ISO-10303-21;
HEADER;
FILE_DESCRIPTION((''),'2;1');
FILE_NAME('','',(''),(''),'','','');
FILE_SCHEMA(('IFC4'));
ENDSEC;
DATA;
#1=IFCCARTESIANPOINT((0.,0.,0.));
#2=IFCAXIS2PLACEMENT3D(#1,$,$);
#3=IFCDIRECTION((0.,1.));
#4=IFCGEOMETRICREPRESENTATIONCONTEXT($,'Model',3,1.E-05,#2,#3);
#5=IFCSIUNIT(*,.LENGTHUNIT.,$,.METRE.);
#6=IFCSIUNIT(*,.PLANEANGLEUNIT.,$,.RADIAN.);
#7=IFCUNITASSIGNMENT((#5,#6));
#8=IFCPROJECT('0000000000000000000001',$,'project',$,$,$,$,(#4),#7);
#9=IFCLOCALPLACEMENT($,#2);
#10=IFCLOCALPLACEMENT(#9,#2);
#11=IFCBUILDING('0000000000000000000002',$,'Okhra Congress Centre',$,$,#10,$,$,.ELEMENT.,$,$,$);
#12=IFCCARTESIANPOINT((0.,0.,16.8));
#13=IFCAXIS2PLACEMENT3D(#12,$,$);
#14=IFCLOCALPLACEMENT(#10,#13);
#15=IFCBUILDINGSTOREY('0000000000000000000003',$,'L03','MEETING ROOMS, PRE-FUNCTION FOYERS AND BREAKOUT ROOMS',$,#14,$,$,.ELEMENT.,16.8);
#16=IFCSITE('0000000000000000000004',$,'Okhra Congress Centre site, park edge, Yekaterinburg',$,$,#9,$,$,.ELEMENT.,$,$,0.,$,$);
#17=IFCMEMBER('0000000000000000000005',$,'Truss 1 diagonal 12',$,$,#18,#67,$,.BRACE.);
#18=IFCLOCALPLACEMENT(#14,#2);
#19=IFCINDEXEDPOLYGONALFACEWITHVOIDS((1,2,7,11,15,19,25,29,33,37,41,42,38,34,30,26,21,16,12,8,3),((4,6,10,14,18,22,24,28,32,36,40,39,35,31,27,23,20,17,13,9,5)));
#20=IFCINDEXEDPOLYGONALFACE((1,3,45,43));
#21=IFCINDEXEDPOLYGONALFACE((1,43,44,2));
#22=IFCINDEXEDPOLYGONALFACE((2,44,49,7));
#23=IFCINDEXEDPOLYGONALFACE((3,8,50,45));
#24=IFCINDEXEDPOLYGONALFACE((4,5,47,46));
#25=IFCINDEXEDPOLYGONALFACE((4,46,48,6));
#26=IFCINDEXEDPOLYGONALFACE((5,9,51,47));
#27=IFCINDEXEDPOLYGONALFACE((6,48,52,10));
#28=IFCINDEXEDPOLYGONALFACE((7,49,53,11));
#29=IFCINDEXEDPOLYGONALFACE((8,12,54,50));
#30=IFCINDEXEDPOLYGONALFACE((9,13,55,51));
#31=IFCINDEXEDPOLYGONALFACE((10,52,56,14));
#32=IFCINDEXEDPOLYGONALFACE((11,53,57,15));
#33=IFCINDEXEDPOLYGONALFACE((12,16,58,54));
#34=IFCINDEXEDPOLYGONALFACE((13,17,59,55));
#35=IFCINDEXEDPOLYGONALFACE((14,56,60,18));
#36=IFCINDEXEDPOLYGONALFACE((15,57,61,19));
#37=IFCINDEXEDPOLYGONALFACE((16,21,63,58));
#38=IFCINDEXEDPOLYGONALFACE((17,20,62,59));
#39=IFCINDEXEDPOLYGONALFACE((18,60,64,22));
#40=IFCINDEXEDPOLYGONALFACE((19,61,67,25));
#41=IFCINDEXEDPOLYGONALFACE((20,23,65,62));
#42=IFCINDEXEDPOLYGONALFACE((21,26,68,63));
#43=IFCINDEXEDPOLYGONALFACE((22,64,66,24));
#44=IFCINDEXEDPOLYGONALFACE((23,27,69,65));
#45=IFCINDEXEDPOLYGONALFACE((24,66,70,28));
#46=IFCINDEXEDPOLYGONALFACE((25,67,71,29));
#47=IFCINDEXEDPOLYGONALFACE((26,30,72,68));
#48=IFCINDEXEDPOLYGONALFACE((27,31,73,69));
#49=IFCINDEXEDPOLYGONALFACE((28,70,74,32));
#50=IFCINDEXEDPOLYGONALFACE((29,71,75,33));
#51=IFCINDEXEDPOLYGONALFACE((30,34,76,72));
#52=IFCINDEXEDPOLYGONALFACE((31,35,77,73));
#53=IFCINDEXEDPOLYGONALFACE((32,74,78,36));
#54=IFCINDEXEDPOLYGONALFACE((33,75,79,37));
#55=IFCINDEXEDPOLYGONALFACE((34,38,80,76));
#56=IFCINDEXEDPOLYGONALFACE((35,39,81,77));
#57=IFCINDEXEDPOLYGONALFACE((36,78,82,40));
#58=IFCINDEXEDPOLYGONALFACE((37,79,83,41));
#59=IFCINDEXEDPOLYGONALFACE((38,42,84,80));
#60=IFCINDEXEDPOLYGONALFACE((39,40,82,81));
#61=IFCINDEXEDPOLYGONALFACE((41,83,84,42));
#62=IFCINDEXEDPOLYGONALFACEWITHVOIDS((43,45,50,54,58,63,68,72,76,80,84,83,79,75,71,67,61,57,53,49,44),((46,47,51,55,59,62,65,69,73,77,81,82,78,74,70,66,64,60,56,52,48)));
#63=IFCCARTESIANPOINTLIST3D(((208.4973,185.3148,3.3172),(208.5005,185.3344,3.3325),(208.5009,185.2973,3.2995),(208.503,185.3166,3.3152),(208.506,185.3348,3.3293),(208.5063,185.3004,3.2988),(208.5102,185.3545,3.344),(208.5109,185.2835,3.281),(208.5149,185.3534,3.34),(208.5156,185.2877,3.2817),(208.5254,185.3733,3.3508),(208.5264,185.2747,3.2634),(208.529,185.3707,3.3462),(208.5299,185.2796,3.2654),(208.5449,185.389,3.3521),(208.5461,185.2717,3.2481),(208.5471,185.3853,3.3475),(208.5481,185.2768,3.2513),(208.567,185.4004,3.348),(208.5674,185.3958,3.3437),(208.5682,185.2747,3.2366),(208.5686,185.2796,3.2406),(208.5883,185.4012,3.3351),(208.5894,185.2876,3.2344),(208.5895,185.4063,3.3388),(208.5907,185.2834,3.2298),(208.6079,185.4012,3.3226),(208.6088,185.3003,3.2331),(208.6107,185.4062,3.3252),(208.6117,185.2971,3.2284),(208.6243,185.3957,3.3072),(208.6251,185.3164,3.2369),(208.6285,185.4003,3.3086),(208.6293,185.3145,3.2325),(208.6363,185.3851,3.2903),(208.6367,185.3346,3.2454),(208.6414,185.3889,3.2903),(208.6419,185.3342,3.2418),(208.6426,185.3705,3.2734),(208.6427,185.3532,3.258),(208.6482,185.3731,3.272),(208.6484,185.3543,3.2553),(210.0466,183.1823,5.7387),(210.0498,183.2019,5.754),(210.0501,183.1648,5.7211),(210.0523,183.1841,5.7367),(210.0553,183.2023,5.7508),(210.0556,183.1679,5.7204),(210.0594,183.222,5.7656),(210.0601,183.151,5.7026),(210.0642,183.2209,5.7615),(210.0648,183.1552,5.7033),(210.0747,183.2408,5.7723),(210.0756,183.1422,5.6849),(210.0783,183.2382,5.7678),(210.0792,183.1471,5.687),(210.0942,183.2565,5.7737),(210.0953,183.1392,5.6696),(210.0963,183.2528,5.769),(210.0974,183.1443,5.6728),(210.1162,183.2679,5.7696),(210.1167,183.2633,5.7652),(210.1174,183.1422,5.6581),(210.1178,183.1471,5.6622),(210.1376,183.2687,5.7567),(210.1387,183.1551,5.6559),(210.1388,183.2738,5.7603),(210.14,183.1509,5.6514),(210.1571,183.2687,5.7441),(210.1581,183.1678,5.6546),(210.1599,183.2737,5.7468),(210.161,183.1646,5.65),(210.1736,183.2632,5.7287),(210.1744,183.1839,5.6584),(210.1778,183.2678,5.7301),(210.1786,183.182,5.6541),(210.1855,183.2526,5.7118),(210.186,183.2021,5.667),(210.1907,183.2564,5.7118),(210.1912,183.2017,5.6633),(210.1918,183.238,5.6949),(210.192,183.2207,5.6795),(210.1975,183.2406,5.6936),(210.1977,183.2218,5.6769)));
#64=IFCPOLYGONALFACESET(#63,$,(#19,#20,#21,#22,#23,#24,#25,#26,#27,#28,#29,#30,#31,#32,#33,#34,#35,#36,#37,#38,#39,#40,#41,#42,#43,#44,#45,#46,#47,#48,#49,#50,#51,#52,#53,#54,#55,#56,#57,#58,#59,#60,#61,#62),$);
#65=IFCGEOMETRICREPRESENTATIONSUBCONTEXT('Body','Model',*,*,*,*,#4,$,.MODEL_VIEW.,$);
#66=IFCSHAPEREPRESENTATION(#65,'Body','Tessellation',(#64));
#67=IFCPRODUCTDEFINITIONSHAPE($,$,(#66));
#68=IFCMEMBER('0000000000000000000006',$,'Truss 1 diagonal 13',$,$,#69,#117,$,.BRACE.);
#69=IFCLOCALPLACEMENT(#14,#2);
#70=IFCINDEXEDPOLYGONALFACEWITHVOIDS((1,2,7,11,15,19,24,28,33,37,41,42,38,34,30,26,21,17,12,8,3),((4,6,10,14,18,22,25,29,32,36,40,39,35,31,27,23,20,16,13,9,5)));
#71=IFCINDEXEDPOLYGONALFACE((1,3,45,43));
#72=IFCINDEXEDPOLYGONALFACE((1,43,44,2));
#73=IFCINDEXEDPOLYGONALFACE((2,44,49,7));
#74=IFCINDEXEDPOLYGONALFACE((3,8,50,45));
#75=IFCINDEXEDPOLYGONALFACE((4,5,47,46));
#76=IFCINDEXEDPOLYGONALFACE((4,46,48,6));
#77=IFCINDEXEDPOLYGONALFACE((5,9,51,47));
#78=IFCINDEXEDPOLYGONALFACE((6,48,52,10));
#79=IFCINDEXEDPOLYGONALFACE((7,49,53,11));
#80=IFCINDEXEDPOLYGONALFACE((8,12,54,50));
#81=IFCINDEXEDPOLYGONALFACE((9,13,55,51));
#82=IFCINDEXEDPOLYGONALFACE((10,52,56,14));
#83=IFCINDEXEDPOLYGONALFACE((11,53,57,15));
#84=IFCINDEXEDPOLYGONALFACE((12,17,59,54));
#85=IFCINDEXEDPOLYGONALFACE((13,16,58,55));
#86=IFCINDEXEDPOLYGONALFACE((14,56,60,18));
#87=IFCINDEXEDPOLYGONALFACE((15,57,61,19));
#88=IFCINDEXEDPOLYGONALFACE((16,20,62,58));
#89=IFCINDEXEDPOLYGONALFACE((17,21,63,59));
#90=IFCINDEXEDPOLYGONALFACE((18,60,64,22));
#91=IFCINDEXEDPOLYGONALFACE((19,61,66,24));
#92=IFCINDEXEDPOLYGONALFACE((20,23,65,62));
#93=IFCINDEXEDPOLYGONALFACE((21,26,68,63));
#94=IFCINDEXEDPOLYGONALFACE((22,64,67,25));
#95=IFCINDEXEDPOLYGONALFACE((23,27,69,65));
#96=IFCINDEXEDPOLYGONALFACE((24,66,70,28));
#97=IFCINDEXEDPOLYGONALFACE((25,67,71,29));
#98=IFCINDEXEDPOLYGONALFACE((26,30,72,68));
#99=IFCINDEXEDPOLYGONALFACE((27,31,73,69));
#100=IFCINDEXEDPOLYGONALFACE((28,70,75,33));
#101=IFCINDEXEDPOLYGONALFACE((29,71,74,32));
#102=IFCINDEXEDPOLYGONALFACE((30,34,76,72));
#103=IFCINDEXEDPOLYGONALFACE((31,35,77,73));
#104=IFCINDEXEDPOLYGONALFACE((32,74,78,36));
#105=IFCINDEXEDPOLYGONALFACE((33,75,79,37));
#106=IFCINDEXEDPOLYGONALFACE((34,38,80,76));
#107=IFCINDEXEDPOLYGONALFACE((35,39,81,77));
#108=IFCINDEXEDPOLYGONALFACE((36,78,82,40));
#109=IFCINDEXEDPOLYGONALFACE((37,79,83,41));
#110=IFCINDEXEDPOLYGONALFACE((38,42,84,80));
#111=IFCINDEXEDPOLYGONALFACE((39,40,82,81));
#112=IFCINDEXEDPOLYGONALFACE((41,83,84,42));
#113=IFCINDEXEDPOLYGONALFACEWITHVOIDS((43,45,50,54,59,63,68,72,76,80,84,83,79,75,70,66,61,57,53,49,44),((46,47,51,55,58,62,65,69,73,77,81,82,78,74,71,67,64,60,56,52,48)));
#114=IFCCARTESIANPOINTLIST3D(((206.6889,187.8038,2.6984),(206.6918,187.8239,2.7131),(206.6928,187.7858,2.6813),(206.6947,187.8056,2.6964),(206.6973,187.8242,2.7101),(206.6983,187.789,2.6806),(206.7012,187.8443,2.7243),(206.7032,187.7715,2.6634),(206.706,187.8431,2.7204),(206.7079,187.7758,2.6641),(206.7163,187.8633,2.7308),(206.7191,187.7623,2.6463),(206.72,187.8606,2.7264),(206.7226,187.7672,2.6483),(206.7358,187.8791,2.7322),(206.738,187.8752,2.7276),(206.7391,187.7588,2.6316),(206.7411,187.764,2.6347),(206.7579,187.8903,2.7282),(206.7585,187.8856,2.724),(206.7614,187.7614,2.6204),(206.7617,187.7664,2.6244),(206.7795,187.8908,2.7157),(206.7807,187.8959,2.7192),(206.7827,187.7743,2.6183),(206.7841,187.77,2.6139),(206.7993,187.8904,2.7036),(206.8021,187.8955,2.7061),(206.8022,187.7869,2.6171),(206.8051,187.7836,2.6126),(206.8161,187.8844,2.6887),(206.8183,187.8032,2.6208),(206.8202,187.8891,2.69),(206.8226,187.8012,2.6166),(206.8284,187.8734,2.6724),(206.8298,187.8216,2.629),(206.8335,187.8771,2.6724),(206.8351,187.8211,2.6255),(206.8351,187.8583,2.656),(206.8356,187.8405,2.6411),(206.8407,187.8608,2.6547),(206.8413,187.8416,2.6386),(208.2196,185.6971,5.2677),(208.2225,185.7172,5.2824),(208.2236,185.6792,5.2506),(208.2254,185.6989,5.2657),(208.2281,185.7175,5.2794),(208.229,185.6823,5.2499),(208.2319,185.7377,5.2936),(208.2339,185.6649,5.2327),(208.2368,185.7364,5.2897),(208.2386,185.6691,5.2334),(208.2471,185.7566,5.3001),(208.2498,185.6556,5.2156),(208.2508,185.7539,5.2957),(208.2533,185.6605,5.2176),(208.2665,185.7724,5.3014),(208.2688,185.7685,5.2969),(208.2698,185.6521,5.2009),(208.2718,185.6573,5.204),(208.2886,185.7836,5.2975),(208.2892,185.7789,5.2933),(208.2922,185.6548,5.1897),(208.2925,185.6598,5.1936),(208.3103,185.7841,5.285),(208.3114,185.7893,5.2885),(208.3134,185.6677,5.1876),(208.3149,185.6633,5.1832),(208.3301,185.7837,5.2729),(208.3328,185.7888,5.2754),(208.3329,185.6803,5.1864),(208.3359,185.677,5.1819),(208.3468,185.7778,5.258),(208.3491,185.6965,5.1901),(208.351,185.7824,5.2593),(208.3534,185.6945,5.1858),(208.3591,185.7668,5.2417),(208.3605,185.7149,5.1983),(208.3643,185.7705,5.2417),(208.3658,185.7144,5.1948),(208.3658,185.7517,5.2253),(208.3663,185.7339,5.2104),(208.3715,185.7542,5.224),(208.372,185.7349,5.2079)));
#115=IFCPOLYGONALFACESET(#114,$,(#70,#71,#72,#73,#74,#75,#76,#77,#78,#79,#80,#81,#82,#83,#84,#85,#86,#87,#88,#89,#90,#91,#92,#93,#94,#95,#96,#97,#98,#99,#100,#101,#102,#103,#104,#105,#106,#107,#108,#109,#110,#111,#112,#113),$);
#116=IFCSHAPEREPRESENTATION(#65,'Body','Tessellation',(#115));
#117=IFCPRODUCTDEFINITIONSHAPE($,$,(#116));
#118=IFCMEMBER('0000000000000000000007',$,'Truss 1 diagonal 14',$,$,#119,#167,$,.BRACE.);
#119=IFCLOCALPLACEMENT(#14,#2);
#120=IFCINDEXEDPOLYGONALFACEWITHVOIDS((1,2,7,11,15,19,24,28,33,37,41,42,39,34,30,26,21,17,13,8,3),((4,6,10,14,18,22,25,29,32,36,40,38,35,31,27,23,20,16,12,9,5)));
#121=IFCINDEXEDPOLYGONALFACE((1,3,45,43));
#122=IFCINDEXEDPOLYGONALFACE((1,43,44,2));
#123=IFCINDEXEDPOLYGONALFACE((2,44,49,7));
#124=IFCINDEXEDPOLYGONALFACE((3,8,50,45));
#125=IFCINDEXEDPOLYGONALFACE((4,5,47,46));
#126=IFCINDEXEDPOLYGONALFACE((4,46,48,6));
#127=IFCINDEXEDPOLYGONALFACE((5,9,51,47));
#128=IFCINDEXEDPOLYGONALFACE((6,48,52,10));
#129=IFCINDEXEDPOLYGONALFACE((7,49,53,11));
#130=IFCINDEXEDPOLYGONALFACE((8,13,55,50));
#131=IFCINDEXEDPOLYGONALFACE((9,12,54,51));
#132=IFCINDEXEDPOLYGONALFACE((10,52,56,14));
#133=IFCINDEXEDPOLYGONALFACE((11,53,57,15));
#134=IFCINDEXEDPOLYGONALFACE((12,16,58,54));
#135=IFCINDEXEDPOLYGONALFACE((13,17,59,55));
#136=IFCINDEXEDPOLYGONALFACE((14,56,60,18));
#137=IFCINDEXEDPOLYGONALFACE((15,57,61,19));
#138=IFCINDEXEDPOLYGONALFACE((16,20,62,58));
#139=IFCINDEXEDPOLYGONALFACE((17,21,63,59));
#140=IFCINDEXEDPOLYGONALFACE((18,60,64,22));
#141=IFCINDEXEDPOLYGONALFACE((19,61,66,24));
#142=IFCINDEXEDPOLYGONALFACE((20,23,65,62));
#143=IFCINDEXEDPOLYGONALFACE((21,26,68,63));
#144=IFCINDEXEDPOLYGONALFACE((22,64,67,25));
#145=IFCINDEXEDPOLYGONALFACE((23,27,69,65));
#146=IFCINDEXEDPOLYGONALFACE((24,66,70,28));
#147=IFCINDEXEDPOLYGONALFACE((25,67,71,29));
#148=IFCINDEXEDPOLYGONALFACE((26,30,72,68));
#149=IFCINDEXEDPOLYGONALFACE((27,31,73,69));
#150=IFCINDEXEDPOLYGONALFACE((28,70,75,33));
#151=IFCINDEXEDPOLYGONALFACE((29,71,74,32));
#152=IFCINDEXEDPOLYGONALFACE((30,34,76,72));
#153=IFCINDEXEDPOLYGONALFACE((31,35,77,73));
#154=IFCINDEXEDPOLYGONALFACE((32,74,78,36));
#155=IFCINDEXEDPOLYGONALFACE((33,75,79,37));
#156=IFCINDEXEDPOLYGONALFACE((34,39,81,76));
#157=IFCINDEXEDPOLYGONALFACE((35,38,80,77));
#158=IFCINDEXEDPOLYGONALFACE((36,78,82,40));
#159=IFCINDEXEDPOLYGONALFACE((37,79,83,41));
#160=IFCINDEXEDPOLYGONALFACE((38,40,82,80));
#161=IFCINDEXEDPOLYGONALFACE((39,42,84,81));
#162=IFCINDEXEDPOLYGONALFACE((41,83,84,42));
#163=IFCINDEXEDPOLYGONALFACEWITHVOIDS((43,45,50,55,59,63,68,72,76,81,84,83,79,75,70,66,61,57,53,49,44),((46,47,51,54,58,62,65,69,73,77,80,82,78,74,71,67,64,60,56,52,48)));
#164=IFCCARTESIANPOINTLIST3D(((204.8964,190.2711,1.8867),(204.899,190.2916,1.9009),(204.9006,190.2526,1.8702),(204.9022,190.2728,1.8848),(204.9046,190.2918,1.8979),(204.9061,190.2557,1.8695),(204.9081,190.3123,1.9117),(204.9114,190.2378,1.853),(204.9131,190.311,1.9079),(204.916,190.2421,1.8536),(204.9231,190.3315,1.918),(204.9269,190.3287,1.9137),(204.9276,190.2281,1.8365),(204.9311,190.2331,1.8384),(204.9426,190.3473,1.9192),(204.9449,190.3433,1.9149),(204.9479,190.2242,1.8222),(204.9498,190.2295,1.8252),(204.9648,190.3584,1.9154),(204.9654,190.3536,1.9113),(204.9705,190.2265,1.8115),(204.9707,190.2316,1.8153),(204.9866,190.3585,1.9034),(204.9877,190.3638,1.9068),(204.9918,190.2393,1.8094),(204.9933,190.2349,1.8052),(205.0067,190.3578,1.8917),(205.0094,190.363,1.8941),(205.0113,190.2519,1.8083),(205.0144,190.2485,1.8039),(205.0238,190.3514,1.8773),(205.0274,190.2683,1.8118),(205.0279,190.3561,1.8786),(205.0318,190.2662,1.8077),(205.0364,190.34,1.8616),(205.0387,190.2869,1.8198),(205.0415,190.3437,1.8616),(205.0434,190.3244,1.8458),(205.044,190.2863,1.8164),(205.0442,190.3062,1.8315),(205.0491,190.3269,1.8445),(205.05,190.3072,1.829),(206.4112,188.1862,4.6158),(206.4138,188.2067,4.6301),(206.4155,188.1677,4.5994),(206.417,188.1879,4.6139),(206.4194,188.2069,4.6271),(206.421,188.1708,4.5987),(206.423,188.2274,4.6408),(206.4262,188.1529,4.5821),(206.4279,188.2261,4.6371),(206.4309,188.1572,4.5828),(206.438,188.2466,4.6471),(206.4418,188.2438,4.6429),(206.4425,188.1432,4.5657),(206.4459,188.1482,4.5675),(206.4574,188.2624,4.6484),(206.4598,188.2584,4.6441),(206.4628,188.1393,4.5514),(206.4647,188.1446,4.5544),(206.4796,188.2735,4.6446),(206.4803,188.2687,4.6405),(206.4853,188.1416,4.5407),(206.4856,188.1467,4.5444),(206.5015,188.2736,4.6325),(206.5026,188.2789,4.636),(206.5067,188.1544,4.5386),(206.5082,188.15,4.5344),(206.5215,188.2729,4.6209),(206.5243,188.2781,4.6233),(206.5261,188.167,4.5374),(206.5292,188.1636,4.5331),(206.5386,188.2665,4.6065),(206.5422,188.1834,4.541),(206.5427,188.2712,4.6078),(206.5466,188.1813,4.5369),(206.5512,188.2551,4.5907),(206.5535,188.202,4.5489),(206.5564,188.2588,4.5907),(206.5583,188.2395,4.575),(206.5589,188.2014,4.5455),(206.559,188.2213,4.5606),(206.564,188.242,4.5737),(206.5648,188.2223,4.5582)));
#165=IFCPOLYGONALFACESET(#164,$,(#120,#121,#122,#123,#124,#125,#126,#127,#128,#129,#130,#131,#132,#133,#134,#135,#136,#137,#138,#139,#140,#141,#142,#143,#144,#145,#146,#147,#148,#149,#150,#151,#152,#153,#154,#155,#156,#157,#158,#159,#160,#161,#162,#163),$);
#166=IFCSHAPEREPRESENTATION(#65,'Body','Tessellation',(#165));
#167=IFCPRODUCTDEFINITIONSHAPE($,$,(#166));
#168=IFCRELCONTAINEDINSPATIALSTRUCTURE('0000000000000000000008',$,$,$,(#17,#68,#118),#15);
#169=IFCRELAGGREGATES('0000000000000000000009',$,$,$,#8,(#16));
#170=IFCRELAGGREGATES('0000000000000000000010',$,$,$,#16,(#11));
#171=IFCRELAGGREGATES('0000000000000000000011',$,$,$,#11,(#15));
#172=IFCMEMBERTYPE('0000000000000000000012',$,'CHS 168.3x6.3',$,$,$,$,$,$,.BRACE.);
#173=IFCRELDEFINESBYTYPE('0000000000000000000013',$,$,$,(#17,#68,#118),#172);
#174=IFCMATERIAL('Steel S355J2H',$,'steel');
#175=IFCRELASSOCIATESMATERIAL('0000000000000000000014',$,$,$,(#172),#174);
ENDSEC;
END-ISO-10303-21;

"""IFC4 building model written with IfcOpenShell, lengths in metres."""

from ifc_helpers import new_model, si_unit, direction, frame, origin, origin_2d, place, context, subcontext, project, spatial, hollow_circle, extrude, material, material_profile, profile_set, type_object, element, save


model = new_model("IFC4")

# Units and contexts
model_context = context("Model", 3, precision=1e-05, world=origin(), true_north=direction((0.0, 1.0)))
body_context = subcontext(model_context, "Body", "Model", "MODEL_VIEW")
ifc_project = project(units=[si_unit("LENGTHUNIT", "METRE"), si_unit("PLANEANGLEUNIT", "RADIAN")], contexts=[model_context])

# Site, building, storey
site_placement = place(None, origin())
site = spatial("IfcSite", under=ifc_project, at=site_placement, Name="Okhra Congress Centre site, park edge, Yekaterinburg", CompositionType="ELEMENT", RefElevation=0.0)
building_placement = place(site_placement, origin())
building = spatial("IfcBuilding", under=site, at=building_placement, Name="Okhra Congress Centre", CompositionType="ELEMENT")
storey_placement = place(building_placement, frame((0.0, 0.0, 16.8)))
storey = spatial("IfcBuildingStorey", under=building, at=storey_placement, Name="L03", Description="MEETING ROOMS, PRE-FUNCTION FOYERS AND BREAKOUT ROOMS", CompositionType="ELEMENT", Elevation=16.8)

# Members
ifc_material_1 = material(Name="Steel S355J2H", Category="steel")
ifc_material_profile_1 = material_profile(ifc_material_1, hollow_circle(Radius=0.0842, WallThickness=0.0063, at=origin_2d()), Name="CHS 168.3x6.3")
ifc_profile_set_1 = profile_set([ifc_material_profile_1], Name="Steel S355J2H")
member_type_1 = type_object("IfcMemberType", Name="CHS 168.3x6.3", PredefinedType="BRACE", material=ifc_profile_set_1)
member_1_placement = place(storey_placement, frame((208.5732, 185.3394, 3.2903), z_axis=(0.432835, -0.59578, 0.676535), x_axis=(0.809032, 0.587764, 0.0)))
element("IfcMember", 1, at=member_1_placement, inside=storey, type_object=member_type_1, Name="Truss 1 diagonal 12", PredefinedType="BRACE", context=body_context, shape_type="SweptSolid", body=[
    extrude(hollow_circle(Radius=0.0842, WallThickness=0.0063, at=origin_2d()), origin(), (0.0, 0.0, 1.0), 3.5793),
])
member_2_placement = place(storey_placement, frame((206.7654, 187.8276, 2.6724), z_axis=(0.41844, -0.575872, 0.702338), x_axis=(0.808987, 0.587826, 0.0)))
element("IfcMember", 2, at=member_2_placement, inside=storey, type_object=member_type_1, Name="Truss 1 diagonal 13", PredefinedType="BRACE", context=body_context, shape_type="SweptSolid", body=[
    extrude(hollow_circle(Radius=0.0842, WallThickness=0.0063, at=origin_2d()), origin(), (0.0, 0.0, 1.0), 3.6582),
])
member_3_placement = place(storey_placement, frame((204.9734, 190.2942, 1.8616), z_axis=(0.403566, -0.555432, 0.727069), x_axis=(0.809002, 0.587806, 0.0)))
element("IfcMember", 3, at=member_3_placement, inside=storey, type_object=member_type_1, Name="Truss 1 diagonal 14", PredefinedType="BRACE", context=body_context, shape_type="SweptSolid", body=[
    extrude(hollow_circle(Radius=0.0842, WallThickness=0.0063, at=origin_2d()), origin(), (0.0, 0.0, 1.0), 3.7537),
])

save(model, "model.ifc")
